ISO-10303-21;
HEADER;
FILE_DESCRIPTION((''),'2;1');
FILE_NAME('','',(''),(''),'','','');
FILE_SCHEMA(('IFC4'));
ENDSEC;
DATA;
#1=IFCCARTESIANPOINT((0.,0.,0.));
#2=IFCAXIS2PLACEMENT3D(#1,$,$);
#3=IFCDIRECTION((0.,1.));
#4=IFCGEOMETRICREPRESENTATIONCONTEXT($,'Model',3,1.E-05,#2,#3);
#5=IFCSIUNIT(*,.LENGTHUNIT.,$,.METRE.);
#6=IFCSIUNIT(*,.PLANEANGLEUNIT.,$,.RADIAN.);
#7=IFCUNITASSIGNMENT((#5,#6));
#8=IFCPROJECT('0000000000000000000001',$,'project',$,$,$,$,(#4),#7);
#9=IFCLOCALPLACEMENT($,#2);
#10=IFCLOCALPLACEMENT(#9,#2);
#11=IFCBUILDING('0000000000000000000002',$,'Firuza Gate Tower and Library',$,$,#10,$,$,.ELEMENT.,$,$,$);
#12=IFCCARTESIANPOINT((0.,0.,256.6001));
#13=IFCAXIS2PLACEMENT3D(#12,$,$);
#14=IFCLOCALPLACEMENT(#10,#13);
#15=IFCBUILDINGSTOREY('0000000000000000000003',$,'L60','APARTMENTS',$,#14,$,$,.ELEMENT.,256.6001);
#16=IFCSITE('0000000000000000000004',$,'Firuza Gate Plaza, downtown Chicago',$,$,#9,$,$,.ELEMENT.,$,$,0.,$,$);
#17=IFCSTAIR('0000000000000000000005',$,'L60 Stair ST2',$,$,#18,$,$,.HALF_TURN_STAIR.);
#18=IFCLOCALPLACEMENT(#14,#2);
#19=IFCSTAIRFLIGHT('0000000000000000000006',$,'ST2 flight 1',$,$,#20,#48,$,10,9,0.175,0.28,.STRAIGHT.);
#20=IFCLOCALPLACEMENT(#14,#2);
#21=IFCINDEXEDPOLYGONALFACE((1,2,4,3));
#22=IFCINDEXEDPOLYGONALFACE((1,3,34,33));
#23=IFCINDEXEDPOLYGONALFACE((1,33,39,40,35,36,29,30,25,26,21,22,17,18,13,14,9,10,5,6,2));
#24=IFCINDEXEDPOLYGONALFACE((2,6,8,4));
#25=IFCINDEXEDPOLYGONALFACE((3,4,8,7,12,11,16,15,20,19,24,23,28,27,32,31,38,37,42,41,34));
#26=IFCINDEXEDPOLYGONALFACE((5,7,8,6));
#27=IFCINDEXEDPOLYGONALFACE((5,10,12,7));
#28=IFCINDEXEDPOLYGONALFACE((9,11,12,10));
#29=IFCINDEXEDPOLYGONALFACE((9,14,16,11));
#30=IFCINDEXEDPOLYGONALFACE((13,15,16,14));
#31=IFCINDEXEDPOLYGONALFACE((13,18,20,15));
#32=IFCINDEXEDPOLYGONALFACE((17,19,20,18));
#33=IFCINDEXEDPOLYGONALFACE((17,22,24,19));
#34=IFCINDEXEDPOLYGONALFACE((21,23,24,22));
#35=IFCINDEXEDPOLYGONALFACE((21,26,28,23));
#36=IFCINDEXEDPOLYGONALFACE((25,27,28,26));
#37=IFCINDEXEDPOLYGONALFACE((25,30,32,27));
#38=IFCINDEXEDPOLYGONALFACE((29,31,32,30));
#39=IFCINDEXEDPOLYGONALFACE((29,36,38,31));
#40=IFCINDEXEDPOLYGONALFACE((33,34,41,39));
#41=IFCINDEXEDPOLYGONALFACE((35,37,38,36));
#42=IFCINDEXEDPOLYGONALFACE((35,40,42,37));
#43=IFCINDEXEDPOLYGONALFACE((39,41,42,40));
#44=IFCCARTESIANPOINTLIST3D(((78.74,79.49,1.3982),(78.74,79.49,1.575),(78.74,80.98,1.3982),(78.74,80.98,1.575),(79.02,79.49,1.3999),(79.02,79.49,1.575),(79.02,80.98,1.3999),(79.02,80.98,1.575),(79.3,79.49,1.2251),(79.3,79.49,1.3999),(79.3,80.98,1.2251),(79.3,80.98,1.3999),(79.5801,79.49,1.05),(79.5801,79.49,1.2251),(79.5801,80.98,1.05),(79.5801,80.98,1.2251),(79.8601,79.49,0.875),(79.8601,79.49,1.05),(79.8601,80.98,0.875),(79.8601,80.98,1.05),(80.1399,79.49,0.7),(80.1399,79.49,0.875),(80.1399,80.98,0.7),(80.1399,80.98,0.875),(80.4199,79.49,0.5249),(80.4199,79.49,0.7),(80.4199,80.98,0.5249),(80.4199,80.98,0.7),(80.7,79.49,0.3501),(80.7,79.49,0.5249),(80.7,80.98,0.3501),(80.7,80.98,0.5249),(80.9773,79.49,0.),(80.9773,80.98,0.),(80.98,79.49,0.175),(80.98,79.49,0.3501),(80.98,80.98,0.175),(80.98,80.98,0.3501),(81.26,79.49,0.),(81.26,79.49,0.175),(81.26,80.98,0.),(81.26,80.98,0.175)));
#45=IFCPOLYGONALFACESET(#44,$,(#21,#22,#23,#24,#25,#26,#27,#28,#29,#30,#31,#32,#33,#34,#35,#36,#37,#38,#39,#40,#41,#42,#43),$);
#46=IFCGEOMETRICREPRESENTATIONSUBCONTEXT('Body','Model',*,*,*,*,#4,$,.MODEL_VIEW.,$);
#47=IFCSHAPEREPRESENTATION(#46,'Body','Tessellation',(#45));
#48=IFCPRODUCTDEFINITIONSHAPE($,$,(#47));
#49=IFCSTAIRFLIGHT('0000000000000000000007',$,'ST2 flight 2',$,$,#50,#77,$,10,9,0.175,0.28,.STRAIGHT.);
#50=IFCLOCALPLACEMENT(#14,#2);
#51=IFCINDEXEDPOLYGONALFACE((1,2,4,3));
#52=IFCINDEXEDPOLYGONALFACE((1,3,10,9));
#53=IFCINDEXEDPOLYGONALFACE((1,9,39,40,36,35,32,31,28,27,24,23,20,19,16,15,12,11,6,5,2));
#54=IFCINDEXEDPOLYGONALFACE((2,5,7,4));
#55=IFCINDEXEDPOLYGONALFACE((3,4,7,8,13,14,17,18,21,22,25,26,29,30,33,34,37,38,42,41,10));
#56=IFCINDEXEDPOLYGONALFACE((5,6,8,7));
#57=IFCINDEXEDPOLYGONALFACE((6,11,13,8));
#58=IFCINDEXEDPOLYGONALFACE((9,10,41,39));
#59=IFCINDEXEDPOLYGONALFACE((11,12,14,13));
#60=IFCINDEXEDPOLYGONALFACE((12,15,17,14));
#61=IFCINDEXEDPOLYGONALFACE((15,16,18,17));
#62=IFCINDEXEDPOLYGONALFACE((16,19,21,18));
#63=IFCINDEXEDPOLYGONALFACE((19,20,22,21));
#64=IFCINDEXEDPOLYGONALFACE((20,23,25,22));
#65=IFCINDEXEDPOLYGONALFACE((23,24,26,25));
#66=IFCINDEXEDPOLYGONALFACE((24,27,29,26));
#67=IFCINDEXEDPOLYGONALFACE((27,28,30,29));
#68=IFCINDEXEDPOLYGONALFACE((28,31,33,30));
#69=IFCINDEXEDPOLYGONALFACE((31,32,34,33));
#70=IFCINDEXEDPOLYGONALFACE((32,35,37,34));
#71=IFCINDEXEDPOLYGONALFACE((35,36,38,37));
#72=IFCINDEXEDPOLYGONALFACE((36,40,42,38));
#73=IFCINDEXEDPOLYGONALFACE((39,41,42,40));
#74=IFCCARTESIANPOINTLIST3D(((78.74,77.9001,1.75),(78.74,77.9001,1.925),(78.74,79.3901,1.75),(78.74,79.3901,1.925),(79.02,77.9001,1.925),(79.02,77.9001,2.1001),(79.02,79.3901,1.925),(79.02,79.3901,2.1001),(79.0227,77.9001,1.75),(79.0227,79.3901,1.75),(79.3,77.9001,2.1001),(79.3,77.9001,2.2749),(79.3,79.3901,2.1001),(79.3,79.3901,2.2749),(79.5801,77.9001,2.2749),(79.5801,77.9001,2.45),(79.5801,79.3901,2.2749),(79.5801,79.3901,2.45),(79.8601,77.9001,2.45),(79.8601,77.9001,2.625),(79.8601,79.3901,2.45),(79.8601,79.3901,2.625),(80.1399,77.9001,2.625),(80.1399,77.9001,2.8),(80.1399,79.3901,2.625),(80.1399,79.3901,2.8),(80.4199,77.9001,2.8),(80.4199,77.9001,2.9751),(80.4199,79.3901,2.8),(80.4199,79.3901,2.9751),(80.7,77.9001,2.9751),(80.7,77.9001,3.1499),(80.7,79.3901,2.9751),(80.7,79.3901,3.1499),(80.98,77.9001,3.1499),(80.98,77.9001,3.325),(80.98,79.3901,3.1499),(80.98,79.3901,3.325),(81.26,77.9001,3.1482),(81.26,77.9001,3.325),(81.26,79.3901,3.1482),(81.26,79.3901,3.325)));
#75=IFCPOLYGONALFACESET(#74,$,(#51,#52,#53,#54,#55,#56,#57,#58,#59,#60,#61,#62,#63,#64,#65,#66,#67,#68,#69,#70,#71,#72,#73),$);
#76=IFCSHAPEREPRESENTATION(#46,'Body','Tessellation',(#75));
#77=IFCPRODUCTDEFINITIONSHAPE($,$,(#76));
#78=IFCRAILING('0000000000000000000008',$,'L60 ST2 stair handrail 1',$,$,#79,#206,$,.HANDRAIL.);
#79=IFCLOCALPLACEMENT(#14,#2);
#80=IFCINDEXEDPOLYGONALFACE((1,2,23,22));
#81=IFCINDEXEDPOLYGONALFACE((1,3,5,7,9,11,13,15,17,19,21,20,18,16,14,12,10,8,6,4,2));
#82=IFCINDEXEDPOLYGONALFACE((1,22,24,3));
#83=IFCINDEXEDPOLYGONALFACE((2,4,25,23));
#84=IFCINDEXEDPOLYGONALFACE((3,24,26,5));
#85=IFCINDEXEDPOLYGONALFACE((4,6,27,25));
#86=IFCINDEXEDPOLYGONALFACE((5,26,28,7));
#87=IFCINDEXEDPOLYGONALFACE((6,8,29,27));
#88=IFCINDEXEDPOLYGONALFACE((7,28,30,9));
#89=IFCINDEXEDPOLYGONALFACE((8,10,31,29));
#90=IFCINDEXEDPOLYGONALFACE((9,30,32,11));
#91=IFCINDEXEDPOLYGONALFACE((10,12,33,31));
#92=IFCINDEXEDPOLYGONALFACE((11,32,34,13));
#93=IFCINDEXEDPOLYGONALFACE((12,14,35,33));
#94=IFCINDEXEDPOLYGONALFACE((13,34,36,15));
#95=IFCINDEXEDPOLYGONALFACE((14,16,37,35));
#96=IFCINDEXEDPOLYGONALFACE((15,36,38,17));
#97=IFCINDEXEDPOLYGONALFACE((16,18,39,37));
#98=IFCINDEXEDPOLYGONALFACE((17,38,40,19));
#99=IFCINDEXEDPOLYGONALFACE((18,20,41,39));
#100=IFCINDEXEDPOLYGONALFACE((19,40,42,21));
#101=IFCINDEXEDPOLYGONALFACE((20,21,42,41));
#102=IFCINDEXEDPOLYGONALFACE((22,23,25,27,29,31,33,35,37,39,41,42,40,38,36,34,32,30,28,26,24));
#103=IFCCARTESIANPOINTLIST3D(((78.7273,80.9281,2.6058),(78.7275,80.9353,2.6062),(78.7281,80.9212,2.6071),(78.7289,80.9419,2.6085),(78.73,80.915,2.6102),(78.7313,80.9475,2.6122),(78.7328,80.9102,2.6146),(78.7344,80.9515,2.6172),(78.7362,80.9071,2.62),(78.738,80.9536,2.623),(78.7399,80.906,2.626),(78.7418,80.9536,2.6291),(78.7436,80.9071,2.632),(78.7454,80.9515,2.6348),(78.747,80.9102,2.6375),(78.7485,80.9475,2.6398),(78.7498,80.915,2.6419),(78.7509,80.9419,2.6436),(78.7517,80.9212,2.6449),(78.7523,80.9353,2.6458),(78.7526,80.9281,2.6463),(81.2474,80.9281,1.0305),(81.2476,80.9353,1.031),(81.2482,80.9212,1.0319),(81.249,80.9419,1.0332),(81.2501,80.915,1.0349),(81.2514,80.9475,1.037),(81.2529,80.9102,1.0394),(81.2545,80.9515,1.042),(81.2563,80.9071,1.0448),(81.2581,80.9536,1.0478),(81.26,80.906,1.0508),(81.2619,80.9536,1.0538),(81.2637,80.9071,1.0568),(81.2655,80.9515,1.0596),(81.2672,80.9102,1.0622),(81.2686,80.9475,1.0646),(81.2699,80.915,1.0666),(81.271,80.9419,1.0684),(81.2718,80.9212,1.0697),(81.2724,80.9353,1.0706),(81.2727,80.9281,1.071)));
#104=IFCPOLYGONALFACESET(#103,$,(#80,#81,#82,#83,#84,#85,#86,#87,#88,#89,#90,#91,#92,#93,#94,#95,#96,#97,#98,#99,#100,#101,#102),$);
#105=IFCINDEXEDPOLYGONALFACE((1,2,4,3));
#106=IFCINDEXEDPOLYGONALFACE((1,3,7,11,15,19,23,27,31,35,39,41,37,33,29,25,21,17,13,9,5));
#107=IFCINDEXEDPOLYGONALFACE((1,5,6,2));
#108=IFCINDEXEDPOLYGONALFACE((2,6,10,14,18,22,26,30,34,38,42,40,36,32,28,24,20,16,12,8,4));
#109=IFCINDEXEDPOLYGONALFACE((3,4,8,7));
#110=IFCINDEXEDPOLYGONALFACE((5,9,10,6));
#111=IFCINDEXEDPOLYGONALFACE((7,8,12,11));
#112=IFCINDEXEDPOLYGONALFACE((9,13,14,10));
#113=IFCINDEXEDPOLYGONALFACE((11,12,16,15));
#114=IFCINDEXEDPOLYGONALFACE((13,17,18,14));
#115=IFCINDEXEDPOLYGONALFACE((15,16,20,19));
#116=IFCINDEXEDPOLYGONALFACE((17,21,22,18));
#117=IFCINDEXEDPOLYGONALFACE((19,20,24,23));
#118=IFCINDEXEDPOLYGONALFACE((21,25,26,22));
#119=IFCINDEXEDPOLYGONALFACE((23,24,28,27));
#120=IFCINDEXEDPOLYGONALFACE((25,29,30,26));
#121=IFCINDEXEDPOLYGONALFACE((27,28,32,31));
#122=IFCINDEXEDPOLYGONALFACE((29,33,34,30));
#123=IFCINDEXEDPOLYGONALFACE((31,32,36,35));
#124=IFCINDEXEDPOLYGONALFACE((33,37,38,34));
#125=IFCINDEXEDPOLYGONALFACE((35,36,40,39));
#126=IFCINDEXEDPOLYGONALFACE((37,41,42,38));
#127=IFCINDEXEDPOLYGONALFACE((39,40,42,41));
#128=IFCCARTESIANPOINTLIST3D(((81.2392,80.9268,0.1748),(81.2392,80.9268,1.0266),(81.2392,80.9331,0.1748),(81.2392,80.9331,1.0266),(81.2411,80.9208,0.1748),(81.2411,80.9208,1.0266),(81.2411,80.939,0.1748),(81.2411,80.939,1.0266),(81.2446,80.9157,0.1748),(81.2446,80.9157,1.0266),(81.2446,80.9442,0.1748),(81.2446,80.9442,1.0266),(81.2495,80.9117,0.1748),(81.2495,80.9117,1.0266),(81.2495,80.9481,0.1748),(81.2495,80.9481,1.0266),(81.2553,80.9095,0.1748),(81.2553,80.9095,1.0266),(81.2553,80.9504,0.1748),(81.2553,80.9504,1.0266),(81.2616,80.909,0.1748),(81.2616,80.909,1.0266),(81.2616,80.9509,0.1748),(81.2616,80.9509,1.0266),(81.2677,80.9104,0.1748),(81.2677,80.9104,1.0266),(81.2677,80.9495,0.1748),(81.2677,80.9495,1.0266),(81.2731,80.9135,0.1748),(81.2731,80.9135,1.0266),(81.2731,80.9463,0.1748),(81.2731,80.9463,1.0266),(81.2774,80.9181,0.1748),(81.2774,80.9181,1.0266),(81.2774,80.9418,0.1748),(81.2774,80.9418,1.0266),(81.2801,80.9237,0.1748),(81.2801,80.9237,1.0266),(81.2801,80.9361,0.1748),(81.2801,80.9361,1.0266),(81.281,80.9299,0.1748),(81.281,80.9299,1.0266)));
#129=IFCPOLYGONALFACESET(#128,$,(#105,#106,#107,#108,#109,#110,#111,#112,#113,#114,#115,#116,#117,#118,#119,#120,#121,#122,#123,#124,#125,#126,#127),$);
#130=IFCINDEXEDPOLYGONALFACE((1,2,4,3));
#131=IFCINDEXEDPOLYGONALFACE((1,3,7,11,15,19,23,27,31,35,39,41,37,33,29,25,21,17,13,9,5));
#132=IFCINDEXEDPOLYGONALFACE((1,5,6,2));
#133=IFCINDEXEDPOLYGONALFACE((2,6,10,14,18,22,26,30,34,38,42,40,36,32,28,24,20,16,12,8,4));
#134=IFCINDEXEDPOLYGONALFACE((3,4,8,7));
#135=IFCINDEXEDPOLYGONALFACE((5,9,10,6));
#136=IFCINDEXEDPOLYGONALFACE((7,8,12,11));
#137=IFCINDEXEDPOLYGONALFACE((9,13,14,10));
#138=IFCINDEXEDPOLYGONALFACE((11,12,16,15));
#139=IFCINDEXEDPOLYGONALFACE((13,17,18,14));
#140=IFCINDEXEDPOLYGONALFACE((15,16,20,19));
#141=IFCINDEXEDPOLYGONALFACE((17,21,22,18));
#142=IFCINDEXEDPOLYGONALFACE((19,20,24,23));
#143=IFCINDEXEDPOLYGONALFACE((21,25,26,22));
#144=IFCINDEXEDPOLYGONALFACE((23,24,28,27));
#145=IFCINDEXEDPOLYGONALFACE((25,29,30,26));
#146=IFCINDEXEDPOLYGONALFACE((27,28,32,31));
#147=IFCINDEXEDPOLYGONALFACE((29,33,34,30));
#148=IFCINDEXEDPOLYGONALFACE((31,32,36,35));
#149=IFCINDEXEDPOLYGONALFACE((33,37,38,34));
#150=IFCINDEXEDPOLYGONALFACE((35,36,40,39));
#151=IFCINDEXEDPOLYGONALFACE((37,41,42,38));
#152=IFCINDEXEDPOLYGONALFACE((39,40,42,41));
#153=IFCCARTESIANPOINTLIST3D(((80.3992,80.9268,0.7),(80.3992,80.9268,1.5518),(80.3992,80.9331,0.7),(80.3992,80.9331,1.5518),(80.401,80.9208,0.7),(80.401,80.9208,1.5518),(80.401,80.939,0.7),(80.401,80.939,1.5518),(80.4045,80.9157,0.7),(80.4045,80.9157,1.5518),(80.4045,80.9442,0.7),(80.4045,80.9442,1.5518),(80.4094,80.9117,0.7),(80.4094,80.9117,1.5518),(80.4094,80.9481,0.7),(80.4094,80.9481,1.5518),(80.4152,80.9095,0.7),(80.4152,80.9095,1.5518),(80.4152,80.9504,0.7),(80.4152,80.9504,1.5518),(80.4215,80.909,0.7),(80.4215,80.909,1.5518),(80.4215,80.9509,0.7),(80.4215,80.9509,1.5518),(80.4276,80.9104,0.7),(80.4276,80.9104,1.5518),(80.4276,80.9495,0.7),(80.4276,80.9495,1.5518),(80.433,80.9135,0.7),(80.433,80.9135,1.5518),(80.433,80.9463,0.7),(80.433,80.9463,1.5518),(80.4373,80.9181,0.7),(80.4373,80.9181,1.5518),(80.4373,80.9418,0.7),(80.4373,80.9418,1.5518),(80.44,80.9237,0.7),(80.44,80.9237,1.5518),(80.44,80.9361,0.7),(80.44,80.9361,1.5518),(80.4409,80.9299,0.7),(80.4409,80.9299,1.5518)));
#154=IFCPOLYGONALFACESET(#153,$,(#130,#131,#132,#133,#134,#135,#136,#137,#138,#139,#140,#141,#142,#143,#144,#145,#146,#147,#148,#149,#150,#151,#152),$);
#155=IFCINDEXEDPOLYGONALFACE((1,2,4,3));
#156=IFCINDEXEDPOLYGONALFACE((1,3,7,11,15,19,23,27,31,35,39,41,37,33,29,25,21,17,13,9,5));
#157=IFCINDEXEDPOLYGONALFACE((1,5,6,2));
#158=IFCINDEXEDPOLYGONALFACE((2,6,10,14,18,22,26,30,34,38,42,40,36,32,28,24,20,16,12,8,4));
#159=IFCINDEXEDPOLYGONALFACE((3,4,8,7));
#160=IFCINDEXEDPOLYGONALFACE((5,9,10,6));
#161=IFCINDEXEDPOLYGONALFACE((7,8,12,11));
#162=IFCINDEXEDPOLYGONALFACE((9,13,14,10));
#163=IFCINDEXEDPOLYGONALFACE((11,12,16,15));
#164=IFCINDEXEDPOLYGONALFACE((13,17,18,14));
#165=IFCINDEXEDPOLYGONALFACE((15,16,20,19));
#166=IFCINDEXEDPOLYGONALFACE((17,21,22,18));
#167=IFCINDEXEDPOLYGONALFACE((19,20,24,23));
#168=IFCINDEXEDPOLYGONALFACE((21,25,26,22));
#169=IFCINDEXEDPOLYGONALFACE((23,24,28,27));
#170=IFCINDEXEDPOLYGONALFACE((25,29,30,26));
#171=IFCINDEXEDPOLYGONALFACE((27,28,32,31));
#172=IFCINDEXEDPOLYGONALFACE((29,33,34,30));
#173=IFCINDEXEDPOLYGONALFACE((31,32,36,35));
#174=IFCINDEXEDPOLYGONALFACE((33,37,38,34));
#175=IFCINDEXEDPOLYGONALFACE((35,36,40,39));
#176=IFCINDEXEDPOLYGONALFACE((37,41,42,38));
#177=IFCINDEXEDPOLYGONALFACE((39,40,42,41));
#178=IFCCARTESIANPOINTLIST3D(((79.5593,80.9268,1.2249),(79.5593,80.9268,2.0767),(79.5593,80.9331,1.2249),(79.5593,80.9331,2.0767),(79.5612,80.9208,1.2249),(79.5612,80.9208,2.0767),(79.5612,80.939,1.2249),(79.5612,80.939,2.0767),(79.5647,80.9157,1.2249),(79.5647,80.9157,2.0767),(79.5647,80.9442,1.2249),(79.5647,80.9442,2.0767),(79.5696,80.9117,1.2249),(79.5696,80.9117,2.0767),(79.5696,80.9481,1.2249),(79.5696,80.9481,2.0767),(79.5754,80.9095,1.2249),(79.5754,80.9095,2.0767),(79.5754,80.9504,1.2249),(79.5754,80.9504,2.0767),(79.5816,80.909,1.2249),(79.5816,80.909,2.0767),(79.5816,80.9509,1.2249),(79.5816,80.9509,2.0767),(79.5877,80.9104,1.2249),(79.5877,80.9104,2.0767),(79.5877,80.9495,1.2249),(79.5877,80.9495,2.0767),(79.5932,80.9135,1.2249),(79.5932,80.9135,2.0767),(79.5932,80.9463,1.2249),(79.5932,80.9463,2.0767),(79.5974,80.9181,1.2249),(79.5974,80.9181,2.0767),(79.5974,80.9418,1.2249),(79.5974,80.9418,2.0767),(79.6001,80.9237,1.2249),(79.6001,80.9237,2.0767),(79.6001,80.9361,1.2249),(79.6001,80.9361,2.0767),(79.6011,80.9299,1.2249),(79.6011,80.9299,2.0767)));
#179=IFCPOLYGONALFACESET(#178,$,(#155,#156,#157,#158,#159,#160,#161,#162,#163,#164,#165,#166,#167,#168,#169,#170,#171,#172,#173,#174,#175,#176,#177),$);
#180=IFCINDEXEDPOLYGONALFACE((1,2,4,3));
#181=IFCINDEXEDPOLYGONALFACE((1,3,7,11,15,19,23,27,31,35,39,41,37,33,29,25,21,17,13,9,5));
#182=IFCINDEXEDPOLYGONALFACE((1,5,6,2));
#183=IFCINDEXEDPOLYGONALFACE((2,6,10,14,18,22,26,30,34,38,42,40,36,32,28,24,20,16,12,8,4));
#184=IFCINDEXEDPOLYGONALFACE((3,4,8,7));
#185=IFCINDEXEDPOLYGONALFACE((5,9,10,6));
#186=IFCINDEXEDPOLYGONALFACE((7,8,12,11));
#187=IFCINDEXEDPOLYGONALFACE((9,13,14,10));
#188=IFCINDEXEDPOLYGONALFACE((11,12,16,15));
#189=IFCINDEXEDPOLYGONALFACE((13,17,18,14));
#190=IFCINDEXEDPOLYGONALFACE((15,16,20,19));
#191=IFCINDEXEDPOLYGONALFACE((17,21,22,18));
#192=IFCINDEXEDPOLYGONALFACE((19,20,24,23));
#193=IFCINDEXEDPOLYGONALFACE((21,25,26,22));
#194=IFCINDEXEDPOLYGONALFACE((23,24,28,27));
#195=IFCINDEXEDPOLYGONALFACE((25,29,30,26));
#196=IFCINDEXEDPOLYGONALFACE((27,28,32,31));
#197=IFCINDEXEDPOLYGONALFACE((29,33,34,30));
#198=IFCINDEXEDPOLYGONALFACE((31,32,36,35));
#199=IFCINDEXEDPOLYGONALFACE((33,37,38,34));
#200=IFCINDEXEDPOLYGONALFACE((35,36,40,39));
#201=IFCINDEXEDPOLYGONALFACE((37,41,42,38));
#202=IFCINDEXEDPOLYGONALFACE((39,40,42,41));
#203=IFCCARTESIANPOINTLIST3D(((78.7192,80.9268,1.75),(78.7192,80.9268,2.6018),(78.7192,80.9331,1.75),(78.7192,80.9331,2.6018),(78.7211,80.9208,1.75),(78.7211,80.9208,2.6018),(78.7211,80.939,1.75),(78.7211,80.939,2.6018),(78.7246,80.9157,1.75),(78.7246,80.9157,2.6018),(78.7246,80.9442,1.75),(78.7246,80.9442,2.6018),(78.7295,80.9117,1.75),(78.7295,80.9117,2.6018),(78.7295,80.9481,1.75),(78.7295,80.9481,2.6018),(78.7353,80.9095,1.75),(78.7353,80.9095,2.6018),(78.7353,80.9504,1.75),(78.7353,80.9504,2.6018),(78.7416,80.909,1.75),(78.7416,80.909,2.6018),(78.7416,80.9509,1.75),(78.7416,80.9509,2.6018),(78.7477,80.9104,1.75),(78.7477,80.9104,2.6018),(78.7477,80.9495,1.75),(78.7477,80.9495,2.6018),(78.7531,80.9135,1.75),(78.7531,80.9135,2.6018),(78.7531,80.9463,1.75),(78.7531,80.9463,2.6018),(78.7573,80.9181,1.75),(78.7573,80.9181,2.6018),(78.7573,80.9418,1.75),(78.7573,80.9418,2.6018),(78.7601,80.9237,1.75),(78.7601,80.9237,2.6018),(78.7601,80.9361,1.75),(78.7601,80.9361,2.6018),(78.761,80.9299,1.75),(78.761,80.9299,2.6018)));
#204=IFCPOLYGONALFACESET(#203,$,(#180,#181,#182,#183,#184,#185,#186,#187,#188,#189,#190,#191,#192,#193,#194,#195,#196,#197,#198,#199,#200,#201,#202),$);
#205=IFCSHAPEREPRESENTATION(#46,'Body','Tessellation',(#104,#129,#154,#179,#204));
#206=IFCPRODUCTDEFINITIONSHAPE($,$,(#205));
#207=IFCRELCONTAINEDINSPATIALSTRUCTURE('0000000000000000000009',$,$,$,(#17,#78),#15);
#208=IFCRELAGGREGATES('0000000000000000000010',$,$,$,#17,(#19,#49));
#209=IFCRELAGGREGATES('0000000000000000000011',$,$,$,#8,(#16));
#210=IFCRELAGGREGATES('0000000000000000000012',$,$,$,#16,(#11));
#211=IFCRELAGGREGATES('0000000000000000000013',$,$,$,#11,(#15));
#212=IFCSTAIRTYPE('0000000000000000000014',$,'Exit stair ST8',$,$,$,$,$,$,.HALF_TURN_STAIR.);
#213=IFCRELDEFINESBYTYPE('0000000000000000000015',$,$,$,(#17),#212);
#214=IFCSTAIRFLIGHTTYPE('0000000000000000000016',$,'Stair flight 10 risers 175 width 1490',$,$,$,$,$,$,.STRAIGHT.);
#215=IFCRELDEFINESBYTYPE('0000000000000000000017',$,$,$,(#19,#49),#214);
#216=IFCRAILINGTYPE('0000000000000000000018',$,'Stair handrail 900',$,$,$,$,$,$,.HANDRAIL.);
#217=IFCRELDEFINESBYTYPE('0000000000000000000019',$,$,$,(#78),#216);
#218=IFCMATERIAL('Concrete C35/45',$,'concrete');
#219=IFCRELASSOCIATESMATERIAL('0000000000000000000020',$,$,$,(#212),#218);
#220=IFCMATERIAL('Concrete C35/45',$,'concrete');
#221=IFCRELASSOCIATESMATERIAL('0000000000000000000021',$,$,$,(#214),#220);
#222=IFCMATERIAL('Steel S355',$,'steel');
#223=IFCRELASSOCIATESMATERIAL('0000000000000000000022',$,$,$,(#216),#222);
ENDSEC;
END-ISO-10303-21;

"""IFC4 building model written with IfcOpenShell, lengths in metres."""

from ifc_helpers import new_model, si_unit, direction, frame, origin, origin_2d, place, context, subcontext, project, spatial, polyline, circle, outline, extrude, material, type_object, element, aggregate, save


model = new_model("IFC4")

# Units and contexts
model_context = context("Model", 3, precision=1e-05, world=origin(), true_north=direction((0.0, 1.0)))
body_context = subcontext(model_context, "Body", "Model", "MODEL_VIEW")
ifc_project = project(units=[si_unit("LENGTHUNIT", "METRE"), si_unit("PLANEANGLEUNIT", "RADIAN")], contexts=[model_context])

# Site, building, storey
site_placement = place(None, origin())
site = spatial("IfcSite", under=ifc_project, at=site_placement, Name="Firuza Gate Plaza, downtown Chicago", CompositionType="ELEMENT", RefElevation=0.0)
building_placement = place(site_placement, origin())
building = spatial("IfcBuilding", under=site, at=building_placement, Name="Firuza Gate Tower and Library", CompositionType="ELEMENT")
storey_placement = place(building_placement, frame((0.0, 0.0, 256.6001)))
storey = spatial("IfcBuildingStorey", under=building, at=storey_placement, Name="L60", Description="APARTMENTS", CompositionType="ELEMENT", Elevation=256.6001)

# Shared definitions
placement = place(storey_placement, origin())

# Stair, stair flights
ifc_material_1 = material(Name="Concrete C35/45", Category="concrete")
stair_type = type_object("IfcStairType", Name="Exit stair ST8", PredefinedType="HALF_TURN_STAIR", material=ifc_material_1)
stair = element("IfcStair", 1, at=placement, inside=storey, type_object=stair_type, Name="L60 Stair ST2", PredefinedType="HALF_TURN_STAIR")
ifc_material_2 = material(Name="Concrete C35/45", Category="concrete")
stair_flight_type = type_object("IfcStairFlightType", Name="Stair flight 10 risers 175 width 1490", PredefinedType="STRAIGHT", material=ifc_material_2)
stair_flight_1_placement = place(storey_placement, frame((81.26, 80.2351, 0.0), z_axis=(0.0, 0.0, 1.0), x_axis=(-1.0, 0.0, 0.0)))
stair_flight_1 = element("IfcStairFlight", 2, at=stair_flight_1_placement, type_object=stair_flight_type, Name="ST2 flight 1", NumberOfRisers=10, NumberOfTreads=9, PredefinedType="STRAIGHT", RiserHeight=0.175, TreadLength=0.28, context=body_context, shape_type="SweptSolid", body=[
    extrude(outline(polyline([(0.0, 0.0), (0.0, 0.175), (0.28, 0.175), (0.28, 0.3501), (0.5601, 0.3501), (0.5601, 0.5249), (0.8401, 0.5249), (0.8401, 0.7), (1.1201, 0.7), (1.1201, 0.875), (1.3999, 0.875), (1.3999, 1.05), (1.6799, 1.05), (1.6799, 1.2251), (1.96, 1.2251), (1.96, 1.3999), (2.24, 1.3999), (2.24, 1.575), (2.52, 1.575), (2.52, 1.75), (2.52, 1.3982), (0.2827, 0.0), (0.0, 0.0)])), frame((0.0, 0.7451, 0.0), z_axis=(0.0, -1.0, 0.0), x_axis=(1.0, 0.0, 0.0)), (0.0, 0.0, 1.0), 1.49),
])
stair_flight_2_placement = place(storey_placement, frame((78.74, 78.645, 1.75), z_axis=(0.0, 0.0, 1.0), x_axis=(1.0, 0.0, 0.0)))
stair_flight_2 = element("IfcStairFlight", 3, at=stair_flight_2_placement, type_object=stair_flight_type, Name="ST2 flight 2", NumberOfRisers=10, NumberOfTreads=9, PredefinedType="STRAIGHT", RiserHeight=0.175, TreadLength=0.28, context=body_context, shape_type="SweptSolid", body=[
    extrude(outline(polyline([(0.0, 0.0), (0.0, 0.175), (0.28, 0.175), (0.28, 0.3501), (0.5601, 0.3501), (0.5601, 0.5249), (0.8401, 0.5249), (0.8401, 0.7), (1.1201, 0.7), (1.1201, 0.875), (1.3999, 0.875), (1.3999, 1.05), (1.6799, 1.05), (1.6799, 1.2251), (1.96, 1.2251), (1.96, 1.3999), (2.24, 1.3999), (2.24, 1.575), (2.52, 1.575), (2.52, 1.75), (2.52, 1.3982), (0.2827, 0.0), (0.0, 0.0)])), frame((0.0, 0.7451, 0.0), z_axis=(0.0, -1.0, 0.0), x_axis=(1.0, 0.0, 0.0)), (0.0, 0.0, 1.0), 1.49),
])
aggregate(stair, [stair_flight_1, stair_flight_2])

# Railing
ifc_material_3 = material(Name="Steel S355", Category="steel")
railing_type_1 = type_object("IfcRailingType", Name="Stair handrail 900", PredefinedType="HANDRAIL", material=ifc_material_3)
railing_1_placement = place(storey_placement, frame((81.26, 80.9299, 0.1748)))
element("IfcRailing", 4, at=railing_1_placement, inside=storey, type_object=railing_type_1, Name="L60 ST2 stair handrail 1", PredefinedType="HANDRAIL", context=body_context, shape_type="SweptSolid", body=[
    extrude(circle(Radius=0.0239, at=origin_2d()), frame((0.0, 0.0, 0.876), z_axis=(-0.847971, 0.0, 0.530043), x_axis=(0.0, -1.0, 0.0)), (0.0, 0.0, 1.0), 2.9719),
    extrude(circle(Radius=0.021, at=origin_2d()), origin(), (0.0, 0.0, 1.0), 0.8518),
    extrude(circle(Radius=0.021, at=origin_2d()), frame((-0.8401, 0.0, 0.5251)), (0.0, 0.0, 1.0), 0.8518),
    extrude(circle(Radius=0.021, at=origin_2d()), frame((-1.6799, 0.0, 1.05)), (0.0, 0.0, 1.0), 0.8518),
    extrude(circle(Radius=0.021, at=origin_2d()), frame((-2.52, 0.0, 1.5752)), (0.0, 0.0, 1.0), 0.8518),
])

save(model, "model.ifc")
